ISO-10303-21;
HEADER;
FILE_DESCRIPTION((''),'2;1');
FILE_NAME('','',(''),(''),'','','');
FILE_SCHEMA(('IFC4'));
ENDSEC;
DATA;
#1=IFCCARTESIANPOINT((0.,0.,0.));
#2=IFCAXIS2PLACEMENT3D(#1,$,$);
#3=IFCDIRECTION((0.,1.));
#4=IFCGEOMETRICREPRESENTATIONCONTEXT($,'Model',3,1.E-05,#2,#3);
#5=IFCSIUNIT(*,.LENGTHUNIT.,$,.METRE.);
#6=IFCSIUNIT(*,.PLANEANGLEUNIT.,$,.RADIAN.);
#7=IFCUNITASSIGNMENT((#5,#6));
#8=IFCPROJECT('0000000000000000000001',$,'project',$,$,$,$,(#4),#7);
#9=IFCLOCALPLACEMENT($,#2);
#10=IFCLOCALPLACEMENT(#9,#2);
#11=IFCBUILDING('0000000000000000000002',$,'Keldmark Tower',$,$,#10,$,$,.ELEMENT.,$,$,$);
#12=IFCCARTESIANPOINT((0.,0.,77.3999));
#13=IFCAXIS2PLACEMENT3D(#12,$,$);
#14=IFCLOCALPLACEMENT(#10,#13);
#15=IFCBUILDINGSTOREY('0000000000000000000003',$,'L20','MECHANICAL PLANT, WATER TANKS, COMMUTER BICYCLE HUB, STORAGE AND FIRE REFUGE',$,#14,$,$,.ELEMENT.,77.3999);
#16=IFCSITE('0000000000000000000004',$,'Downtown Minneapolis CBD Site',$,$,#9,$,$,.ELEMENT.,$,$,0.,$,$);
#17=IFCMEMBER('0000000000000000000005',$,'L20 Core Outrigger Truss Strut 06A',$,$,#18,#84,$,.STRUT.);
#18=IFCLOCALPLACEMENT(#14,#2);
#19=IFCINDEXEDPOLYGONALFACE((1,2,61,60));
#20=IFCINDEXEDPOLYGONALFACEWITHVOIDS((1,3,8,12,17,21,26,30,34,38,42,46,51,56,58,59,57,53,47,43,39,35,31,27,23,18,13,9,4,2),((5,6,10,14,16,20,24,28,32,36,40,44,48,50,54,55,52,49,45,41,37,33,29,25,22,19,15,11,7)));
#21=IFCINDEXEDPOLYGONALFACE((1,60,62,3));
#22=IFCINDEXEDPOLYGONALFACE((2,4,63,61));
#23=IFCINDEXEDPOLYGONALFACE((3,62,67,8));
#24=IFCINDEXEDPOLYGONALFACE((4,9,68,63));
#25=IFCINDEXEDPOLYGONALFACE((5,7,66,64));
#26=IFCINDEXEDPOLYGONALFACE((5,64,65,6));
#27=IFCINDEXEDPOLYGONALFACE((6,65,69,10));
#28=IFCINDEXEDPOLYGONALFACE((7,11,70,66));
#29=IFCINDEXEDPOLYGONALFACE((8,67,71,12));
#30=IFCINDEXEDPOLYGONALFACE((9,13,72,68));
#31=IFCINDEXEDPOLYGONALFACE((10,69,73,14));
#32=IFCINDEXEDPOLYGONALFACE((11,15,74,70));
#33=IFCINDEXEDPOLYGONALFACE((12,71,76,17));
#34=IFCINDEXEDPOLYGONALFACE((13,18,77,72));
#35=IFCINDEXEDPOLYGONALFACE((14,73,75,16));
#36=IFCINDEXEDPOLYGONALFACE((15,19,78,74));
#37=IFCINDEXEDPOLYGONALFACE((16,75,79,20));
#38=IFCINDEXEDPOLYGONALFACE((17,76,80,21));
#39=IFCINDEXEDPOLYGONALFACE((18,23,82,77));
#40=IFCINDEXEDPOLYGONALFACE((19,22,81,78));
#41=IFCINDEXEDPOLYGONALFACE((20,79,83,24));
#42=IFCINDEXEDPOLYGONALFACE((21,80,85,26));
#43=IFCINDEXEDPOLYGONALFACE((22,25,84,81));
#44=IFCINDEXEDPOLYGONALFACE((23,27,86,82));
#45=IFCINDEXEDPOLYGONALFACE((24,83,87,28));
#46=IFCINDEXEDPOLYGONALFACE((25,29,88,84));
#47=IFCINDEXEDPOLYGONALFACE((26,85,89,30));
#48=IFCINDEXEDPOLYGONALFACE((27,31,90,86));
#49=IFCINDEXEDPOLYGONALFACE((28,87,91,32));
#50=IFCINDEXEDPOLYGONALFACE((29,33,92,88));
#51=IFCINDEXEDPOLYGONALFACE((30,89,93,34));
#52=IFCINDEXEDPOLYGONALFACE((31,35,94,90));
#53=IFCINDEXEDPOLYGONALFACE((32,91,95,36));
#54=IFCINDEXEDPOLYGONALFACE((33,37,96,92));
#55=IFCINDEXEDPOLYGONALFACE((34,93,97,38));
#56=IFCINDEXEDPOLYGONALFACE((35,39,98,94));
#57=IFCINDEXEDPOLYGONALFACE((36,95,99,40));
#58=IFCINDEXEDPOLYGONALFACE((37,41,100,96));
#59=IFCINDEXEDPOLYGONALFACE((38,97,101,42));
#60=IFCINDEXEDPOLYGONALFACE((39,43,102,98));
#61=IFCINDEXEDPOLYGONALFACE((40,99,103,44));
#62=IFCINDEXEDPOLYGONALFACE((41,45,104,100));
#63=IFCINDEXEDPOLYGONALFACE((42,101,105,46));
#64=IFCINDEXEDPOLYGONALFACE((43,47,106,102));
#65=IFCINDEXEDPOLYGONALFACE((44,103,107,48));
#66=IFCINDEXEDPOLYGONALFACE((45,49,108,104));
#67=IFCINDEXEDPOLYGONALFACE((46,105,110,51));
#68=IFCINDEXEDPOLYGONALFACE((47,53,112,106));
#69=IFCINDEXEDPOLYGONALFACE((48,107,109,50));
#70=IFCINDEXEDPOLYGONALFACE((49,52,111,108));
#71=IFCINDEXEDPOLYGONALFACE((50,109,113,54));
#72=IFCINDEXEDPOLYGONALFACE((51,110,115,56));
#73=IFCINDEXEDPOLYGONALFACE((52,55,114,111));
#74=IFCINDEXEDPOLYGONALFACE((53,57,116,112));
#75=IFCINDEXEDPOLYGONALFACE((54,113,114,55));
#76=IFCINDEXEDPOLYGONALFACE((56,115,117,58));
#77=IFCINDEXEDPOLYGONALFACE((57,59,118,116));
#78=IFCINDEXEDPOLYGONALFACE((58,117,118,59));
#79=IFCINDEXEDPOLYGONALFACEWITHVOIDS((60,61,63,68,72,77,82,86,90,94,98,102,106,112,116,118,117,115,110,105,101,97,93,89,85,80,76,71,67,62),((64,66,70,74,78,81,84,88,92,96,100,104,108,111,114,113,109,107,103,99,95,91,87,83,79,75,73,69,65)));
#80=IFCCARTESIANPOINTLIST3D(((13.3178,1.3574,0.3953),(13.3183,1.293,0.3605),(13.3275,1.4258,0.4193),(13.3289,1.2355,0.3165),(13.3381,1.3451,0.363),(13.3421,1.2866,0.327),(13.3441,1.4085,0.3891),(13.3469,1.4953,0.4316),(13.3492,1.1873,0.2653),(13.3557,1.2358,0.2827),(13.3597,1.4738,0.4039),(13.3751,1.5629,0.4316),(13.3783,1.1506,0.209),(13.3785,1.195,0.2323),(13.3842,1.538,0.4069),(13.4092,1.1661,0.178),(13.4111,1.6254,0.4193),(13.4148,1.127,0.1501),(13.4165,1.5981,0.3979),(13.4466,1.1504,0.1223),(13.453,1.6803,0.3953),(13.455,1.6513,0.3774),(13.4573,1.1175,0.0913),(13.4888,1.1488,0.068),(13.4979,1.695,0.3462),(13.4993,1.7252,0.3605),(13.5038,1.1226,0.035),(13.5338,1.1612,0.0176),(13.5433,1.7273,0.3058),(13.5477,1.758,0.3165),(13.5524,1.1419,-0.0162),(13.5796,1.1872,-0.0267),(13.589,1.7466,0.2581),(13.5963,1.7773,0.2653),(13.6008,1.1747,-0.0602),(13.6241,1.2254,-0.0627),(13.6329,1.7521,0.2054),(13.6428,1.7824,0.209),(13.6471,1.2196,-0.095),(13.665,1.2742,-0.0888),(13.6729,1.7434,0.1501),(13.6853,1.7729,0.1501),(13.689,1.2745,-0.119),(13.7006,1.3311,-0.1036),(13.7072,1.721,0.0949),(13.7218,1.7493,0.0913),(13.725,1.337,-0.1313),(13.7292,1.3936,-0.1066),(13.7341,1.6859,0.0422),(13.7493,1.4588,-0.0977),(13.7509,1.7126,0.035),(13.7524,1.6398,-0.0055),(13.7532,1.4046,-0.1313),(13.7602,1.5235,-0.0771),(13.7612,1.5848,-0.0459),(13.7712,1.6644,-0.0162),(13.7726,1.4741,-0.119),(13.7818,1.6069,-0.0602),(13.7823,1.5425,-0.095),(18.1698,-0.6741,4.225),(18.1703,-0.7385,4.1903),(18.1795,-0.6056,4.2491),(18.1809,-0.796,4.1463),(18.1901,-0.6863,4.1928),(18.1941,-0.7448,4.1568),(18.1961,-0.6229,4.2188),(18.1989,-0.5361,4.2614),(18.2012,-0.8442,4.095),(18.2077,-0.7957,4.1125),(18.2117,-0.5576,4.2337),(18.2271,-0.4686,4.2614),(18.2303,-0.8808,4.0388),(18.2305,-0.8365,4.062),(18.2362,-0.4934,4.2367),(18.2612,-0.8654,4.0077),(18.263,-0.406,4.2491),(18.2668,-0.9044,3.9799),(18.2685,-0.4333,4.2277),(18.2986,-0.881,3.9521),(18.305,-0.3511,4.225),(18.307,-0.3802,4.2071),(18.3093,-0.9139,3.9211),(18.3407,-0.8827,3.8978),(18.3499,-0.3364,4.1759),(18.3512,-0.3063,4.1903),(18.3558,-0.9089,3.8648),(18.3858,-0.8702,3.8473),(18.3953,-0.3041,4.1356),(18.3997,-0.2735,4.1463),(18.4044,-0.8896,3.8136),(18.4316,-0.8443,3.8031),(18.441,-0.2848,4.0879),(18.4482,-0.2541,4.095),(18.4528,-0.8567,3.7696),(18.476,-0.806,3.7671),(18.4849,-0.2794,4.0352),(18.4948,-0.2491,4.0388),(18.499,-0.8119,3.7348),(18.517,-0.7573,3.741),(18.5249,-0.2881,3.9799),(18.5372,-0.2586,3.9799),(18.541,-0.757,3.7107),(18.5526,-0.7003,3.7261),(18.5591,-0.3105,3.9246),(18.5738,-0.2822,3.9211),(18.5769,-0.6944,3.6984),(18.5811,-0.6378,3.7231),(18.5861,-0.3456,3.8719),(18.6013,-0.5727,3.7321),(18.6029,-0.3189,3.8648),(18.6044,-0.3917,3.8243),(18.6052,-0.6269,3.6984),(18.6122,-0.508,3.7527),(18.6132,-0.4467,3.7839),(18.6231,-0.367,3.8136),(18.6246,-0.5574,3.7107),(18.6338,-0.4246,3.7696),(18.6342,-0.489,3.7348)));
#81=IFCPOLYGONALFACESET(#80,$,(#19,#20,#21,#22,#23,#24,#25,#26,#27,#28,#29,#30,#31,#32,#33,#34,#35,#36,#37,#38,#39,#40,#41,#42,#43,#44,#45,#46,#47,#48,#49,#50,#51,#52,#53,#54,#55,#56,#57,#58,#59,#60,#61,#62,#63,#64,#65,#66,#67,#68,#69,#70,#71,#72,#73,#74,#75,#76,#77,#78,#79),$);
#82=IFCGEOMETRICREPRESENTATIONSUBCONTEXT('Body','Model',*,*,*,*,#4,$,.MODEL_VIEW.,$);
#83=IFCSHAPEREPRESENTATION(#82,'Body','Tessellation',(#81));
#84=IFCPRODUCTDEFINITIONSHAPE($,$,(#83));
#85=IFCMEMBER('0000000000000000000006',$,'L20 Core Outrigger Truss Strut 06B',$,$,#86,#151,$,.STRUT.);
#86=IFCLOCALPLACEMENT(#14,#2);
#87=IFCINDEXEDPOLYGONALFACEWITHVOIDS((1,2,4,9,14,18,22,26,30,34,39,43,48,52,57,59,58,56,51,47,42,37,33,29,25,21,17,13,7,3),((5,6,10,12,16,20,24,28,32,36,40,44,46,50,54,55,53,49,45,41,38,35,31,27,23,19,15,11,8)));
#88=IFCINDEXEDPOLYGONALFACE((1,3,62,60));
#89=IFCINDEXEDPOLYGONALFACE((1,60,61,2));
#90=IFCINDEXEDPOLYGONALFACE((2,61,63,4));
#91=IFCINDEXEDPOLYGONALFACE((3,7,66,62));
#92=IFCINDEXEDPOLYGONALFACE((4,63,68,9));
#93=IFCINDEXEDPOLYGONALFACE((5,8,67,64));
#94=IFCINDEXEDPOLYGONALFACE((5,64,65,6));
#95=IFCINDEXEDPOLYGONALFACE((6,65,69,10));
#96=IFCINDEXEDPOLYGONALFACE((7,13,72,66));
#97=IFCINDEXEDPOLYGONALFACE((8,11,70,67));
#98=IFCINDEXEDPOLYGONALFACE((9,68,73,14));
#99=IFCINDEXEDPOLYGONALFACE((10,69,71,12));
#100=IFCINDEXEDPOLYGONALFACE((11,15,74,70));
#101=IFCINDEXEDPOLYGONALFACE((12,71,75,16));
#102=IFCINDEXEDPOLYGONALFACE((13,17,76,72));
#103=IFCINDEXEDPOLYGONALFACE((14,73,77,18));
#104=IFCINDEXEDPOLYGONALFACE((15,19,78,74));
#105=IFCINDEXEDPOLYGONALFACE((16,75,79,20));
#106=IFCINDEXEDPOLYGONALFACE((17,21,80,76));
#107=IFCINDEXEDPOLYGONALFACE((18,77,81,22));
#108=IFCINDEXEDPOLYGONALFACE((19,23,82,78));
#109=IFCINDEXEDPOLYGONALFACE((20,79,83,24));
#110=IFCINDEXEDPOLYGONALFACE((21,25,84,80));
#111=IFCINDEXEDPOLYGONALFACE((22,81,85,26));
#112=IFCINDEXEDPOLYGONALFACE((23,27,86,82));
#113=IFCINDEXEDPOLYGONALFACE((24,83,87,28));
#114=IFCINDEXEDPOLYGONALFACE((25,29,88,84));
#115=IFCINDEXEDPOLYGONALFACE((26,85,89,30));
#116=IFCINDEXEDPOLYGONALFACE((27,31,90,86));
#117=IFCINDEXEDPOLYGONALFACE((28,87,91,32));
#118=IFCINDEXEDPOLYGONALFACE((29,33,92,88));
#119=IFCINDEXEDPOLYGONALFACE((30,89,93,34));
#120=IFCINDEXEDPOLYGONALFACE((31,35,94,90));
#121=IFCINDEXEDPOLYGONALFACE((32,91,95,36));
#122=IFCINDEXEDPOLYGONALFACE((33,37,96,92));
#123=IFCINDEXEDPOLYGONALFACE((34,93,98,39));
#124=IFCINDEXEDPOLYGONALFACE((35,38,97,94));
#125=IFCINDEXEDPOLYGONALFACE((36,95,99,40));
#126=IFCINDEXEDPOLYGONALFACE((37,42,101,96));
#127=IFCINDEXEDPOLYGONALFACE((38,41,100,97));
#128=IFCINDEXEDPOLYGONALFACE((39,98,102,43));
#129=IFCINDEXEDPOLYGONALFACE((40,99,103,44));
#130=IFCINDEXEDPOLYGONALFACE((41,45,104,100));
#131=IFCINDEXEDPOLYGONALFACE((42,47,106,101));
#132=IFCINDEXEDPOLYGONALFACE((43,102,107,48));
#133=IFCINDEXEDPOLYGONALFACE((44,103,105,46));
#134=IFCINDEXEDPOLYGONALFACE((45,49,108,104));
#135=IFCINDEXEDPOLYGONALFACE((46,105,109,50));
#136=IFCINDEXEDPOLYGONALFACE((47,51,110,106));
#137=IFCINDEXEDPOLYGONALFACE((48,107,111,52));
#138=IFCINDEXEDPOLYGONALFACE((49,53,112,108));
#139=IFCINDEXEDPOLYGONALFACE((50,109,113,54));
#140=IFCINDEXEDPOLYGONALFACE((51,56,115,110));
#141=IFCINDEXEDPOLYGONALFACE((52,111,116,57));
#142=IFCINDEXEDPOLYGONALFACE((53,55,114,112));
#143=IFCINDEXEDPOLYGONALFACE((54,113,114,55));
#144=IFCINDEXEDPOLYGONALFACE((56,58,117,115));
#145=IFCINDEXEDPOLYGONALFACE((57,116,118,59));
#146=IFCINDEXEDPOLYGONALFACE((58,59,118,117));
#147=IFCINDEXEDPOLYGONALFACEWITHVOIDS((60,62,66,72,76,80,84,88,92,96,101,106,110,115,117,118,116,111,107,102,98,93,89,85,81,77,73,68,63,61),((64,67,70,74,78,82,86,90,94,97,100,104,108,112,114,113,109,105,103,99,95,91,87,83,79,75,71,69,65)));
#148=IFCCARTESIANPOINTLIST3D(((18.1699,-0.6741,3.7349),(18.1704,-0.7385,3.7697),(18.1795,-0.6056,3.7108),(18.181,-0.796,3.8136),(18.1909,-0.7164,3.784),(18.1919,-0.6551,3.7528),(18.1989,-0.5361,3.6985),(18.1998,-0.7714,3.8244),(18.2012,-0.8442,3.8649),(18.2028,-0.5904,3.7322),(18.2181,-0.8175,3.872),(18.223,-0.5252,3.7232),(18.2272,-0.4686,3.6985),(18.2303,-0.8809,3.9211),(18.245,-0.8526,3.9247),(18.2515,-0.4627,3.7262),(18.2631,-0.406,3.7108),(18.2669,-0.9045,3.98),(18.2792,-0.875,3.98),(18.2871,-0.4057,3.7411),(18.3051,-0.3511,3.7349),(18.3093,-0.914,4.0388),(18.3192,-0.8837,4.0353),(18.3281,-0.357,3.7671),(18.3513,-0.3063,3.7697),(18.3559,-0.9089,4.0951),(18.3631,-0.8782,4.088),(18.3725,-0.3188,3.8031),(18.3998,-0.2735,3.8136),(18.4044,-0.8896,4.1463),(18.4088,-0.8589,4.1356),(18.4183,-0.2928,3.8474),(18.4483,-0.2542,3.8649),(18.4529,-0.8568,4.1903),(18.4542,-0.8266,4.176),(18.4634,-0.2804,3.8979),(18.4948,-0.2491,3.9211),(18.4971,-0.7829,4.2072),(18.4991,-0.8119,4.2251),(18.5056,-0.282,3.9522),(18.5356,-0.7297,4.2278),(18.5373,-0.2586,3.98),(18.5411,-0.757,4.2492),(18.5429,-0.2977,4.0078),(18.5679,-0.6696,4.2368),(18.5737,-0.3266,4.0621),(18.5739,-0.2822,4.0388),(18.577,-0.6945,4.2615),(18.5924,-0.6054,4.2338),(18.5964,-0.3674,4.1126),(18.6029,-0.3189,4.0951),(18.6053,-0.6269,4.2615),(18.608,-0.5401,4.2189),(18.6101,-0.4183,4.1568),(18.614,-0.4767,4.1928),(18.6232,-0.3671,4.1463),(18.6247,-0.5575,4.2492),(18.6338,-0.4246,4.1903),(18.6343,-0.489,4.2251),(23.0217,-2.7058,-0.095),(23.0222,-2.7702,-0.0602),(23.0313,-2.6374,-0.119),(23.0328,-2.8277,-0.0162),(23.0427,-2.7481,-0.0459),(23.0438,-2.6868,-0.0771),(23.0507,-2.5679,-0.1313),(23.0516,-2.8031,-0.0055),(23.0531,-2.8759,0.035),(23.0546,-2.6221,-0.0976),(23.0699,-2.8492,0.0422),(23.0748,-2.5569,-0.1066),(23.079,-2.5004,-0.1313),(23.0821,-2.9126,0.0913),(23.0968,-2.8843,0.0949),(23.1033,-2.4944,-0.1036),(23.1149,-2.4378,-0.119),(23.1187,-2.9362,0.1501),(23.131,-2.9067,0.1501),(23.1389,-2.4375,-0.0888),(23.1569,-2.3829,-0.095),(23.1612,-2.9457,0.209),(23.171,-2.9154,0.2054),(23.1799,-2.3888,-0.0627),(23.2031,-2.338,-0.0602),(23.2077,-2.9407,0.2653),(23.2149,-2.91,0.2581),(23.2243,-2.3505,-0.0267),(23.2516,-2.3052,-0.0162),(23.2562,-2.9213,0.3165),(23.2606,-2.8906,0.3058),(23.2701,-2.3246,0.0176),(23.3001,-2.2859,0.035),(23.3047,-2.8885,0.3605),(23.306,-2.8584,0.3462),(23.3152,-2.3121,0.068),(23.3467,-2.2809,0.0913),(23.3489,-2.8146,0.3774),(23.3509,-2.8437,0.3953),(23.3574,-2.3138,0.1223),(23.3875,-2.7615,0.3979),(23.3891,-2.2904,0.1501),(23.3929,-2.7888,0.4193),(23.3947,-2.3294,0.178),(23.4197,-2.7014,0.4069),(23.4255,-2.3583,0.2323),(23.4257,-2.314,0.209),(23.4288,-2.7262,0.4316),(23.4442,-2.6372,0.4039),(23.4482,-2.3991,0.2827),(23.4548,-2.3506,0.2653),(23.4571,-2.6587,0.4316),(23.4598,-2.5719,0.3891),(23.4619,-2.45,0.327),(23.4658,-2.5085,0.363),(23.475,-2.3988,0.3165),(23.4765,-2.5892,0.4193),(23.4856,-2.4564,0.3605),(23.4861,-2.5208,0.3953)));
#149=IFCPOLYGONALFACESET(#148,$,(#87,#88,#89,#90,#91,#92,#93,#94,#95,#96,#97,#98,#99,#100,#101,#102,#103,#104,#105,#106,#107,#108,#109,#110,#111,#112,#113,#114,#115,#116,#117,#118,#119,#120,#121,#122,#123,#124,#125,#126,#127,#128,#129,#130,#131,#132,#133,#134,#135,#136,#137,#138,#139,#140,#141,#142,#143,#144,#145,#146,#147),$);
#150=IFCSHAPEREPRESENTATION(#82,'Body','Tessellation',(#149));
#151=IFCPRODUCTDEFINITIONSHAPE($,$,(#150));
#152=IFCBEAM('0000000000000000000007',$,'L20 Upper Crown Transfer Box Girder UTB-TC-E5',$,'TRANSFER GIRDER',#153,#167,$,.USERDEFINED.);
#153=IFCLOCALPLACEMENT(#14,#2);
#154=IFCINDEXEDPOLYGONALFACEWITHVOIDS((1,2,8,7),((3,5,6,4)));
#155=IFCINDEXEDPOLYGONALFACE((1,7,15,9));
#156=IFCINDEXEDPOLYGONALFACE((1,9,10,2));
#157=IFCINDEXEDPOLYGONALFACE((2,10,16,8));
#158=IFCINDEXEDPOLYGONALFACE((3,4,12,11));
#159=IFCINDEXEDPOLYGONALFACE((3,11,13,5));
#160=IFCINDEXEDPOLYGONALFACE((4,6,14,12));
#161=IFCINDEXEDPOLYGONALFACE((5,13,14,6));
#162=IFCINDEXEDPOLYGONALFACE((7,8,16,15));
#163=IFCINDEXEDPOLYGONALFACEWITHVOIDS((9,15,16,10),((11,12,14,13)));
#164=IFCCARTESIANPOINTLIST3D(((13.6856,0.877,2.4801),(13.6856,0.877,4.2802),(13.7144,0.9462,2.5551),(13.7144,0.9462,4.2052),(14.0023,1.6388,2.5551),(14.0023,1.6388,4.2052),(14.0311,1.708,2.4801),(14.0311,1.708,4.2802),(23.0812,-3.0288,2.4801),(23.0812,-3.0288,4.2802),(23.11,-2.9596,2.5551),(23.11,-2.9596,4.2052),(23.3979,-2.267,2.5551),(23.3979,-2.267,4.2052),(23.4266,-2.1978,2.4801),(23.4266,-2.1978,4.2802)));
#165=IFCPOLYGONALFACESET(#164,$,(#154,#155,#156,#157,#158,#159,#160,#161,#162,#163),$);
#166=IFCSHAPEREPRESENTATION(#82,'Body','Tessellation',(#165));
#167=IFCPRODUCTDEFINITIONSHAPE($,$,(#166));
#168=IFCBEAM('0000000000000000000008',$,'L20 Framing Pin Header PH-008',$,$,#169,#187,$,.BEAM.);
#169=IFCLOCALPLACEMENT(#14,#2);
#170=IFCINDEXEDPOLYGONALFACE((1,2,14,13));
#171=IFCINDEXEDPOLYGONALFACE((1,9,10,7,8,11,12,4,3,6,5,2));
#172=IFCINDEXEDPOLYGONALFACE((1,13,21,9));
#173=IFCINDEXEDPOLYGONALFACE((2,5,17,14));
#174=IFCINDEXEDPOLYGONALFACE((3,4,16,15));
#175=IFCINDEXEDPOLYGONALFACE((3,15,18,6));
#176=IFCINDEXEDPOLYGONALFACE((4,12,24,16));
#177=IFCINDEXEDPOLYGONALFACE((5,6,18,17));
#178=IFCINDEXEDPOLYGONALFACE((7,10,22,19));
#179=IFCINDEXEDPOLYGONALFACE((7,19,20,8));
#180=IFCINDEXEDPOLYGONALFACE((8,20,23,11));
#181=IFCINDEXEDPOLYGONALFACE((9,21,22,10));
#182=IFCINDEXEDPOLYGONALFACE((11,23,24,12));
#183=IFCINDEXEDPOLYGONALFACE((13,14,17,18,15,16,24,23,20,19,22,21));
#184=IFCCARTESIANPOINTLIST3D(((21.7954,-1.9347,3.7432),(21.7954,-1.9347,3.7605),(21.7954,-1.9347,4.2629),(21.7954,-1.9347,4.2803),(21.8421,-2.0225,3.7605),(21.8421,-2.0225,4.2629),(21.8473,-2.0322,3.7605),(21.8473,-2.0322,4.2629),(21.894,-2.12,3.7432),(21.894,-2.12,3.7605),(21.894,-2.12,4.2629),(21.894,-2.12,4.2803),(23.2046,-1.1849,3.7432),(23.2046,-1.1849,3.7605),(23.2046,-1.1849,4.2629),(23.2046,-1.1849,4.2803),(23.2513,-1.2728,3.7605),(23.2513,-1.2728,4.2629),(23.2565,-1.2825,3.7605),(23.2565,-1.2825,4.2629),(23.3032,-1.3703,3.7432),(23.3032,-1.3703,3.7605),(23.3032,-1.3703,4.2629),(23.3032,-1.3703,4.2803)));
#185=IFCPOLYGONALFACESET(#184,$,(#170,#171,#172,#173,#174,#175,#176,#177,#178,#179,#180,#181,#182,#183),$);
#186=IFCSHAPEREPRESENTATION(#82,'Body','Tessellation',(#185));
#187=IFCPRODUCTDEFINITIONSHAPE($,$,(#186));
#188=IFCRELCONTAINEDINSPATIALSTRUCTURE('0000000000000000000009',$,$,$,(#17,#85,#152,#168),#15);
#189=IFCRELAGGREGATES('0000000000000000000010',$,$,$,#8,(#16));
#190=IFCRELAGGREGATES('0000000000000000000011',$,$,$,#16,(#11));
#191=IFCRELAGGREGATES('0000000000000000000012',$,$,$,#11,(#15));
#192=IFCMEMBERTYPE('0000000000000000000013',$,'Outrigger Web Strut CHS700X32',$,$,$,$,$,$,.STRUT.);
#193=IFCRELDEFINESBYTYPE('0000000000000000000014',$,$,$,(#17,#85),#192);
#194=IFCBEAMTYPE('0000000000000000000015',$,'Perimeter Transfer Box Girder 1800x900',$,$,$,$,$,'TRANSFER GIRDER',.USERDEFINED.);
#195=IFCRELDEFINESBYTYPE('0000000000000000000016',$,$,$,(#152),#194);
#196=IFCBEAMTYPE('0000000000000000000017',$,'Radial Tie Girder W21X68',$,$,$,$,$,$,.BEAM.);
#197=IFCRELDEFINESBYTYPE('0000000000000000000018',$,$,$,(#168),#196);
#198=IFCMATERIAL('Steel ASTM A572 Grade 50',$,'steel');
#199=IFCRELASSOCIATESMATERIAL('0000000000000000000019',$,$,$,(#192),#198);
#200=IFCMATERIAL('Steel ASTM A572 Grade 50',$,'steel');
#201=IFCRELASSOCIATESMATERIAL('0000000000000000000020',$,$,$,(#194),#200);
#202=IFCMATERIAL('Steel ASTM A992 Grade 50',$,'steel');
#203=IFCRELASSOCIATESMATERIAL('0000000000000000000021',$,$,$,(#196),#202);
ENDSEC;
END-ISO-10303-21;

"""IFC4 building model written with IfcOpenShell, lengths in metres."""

from ifc_helpers import new_model, si_unit, direction, frame, origin, origin_2d, place, context, subcontext, project, spatial, hollow_rectangle, hollow_circle, i_section, extrude, material, material_profile, profile_set, type_object, element, save


model = new_model("IFC4")

# Units and contexts
model_context = context("Model", 3, precision=1e-05, world=origin(), true_north=direction((0.0, 1.0)))
body_context = subcontext(model_context, "Body", "Model", "MODEL_VIEW")
ifc_project = project(units=[si_unit("LENGTHUNIT", "METRE"), si_unit("PLANEANGLEUNIT", "RADIAN")], contexts=[model_context])

# Site, building, storey
site_placement = place(None, origin())
site = spatial("IfcSite", under=ifc_project, at=site_placement, Name="Downtown Minneapolis CBD Site", CompositionType="ELEMENT", RefElevation=0.0)
building_placement = place(site_placement, origin())
building = spatial("IfcBuilding", under=site, at=building_placement, Name="Keldmark Tower", CompositionType="ELEMENT")
storey_placement = place(building_placement, frame((0.0, 0.0, 77.3999)))
storey = spatial("IfcBuildingStorey", under=building, at=storey_placement, Name="L20", Description="MECHANICAL PLANT, WATER TANKS, COMMUTER BICYCLE HUB, STORAGE AND FIRE REFUGE", CompositionType="ELEMENT", Elevation=77.3999)

# Members
ifc_material_1 = material(Name="Steel ASTM A572 Grade 50", Category="steel")
ifc_material_profile_1 = material_profile(ifc_material_1, hollow_circle(Radius=0.3501, WallThickness=0.032, at=origin_2d()), Name="CHS700X32")
ifc_profile_set_1 = profile_set([ifc_material_profile_1], Name="Steel ASTM A572 Grade 50")
member_type_1 = type_object("IfcMemberType", Name="Outrigger Web Strut CHS700X32", PredefinedType="STRUT", material=ifc_profile_set_1)
for number, where, z_axis, x_axis, name in (
    (1, (13.55, 1.45, 0.1501), (0.745702, -0.312216, 0.5886), (0.386203, 0.922414, 0.0), "L20 Core Outrigger Truss Strut 06A"),
    (2, (23.2539, -2.6133, 0.1501), (-0.745677, 0.312259, 0.588609), (-0.386259, -0.92239, 0.0), "L20 Core Outrigger Truss Strut 06B"),
):
    element("IfcMember", number, at=place(storey_placement, frame(where, z_axis=z_axis, x_axis=x_axis)), inside=storey, type_object=member_type_1, Name=name, PredefinedType="STRUT", context=body_context, shape_type="SweptSolid", body=[
        extrude(hollow_circle(Radius=0.3501, WallThickness=0.032, at=origin_2d()), origin(), (0.0, 0.0, 1.0), 6.5066),
    ])

# Beams
ifc_material_2 = material(Name="Steel ASTM A572 Grade 50", Category="steel")
ifc_material_profile_2 = material_profile(ifc_material_2, hollow_rectangle(XDim=0.8999, YDim=1.8, WallThickness=0.075, at=origin_2d()), Name="TBOX1800X900X75")
ifc_profile_set_2 = profile_set([ifc_material_profile_2], Name="Steel ASTM A572 Grade 50")
beam_type_1 = type_object("IfcBeamType", Name="Perimeter Transfer Box Girder 1800x900", ElementType="TRANSFER GIRDER", PredefinedType="USERDEFINED", material=ifc_profile_set_2)
beam_1_placement = place(storey_placement, frame((23.2539, -2.6133, 3.3801), z_axis=(-0.923392, 0.383859, 0.0), x_axis=(-0.383859, -0.923392, 0.0)))
element("IfcBeam", 3, at=beam_1_placement, inside=storey, type_object=beam_type_1, Name="L20 Upper Crown Transfer Box Girder UTB-TC-E5", ObjectType="TRANSFER GIRDER", PredefinedType="USERDEFINED", context=body_context, shape_type="SweptSolid", body=[
    extrude(hollow_rectangle(XDim=0.8999, YDim=1.8, WallThickness=0.075, at=origin_2d()), origin(), (0.0, 0.0, 1.0), 10.175),
])
ifc_material_3 = material(Name="Steel ASTM A992 Grade 50", Category="steel")
ifc_material_profile_3 = material_profile(ifc_material_3, i_section(OverallWidth=0.21, OverallDepth=0.5371, WebThickness=0.011, FlangeThickness=0.0173, at=origin_2d()), Name="W21X68")
ifc_profile_set_3 = profile_set([ifc_material_profile_3], Name="Steel ASTM A992 Grade 50")
beam_type_2 = type_object("IfcBeamType", Name="Radial Tie Girder W21X68", PredefinedType="BEAM", material=ifc_profile_set_3)
beam_2_placement = place(storey_placement, frame((21.8447, -2.0273, 4.0117), z_axis=(0.882822, 0.469707, 0.0), x_axis=(-0.469707, 0.882822, 0.0)))
element("IfcBeam", 4, at=beam_2_placement, inside=storey, type_object=beam_type_2, Name="L20 Framing Pin Header PH-008", PredefinedType="BEAM", context=body_context, shape_type="SweptSolid", body=[
    extrude(i_section(OverallWidth=0.21, OverallDepth=0.5371, WebThickness=0.011, FlangeThickness=0.0173, at=origin_2d()), origin(), (0.0, 0.0, 1.0), 1.5962),
])

save(model, "model.ifc")
